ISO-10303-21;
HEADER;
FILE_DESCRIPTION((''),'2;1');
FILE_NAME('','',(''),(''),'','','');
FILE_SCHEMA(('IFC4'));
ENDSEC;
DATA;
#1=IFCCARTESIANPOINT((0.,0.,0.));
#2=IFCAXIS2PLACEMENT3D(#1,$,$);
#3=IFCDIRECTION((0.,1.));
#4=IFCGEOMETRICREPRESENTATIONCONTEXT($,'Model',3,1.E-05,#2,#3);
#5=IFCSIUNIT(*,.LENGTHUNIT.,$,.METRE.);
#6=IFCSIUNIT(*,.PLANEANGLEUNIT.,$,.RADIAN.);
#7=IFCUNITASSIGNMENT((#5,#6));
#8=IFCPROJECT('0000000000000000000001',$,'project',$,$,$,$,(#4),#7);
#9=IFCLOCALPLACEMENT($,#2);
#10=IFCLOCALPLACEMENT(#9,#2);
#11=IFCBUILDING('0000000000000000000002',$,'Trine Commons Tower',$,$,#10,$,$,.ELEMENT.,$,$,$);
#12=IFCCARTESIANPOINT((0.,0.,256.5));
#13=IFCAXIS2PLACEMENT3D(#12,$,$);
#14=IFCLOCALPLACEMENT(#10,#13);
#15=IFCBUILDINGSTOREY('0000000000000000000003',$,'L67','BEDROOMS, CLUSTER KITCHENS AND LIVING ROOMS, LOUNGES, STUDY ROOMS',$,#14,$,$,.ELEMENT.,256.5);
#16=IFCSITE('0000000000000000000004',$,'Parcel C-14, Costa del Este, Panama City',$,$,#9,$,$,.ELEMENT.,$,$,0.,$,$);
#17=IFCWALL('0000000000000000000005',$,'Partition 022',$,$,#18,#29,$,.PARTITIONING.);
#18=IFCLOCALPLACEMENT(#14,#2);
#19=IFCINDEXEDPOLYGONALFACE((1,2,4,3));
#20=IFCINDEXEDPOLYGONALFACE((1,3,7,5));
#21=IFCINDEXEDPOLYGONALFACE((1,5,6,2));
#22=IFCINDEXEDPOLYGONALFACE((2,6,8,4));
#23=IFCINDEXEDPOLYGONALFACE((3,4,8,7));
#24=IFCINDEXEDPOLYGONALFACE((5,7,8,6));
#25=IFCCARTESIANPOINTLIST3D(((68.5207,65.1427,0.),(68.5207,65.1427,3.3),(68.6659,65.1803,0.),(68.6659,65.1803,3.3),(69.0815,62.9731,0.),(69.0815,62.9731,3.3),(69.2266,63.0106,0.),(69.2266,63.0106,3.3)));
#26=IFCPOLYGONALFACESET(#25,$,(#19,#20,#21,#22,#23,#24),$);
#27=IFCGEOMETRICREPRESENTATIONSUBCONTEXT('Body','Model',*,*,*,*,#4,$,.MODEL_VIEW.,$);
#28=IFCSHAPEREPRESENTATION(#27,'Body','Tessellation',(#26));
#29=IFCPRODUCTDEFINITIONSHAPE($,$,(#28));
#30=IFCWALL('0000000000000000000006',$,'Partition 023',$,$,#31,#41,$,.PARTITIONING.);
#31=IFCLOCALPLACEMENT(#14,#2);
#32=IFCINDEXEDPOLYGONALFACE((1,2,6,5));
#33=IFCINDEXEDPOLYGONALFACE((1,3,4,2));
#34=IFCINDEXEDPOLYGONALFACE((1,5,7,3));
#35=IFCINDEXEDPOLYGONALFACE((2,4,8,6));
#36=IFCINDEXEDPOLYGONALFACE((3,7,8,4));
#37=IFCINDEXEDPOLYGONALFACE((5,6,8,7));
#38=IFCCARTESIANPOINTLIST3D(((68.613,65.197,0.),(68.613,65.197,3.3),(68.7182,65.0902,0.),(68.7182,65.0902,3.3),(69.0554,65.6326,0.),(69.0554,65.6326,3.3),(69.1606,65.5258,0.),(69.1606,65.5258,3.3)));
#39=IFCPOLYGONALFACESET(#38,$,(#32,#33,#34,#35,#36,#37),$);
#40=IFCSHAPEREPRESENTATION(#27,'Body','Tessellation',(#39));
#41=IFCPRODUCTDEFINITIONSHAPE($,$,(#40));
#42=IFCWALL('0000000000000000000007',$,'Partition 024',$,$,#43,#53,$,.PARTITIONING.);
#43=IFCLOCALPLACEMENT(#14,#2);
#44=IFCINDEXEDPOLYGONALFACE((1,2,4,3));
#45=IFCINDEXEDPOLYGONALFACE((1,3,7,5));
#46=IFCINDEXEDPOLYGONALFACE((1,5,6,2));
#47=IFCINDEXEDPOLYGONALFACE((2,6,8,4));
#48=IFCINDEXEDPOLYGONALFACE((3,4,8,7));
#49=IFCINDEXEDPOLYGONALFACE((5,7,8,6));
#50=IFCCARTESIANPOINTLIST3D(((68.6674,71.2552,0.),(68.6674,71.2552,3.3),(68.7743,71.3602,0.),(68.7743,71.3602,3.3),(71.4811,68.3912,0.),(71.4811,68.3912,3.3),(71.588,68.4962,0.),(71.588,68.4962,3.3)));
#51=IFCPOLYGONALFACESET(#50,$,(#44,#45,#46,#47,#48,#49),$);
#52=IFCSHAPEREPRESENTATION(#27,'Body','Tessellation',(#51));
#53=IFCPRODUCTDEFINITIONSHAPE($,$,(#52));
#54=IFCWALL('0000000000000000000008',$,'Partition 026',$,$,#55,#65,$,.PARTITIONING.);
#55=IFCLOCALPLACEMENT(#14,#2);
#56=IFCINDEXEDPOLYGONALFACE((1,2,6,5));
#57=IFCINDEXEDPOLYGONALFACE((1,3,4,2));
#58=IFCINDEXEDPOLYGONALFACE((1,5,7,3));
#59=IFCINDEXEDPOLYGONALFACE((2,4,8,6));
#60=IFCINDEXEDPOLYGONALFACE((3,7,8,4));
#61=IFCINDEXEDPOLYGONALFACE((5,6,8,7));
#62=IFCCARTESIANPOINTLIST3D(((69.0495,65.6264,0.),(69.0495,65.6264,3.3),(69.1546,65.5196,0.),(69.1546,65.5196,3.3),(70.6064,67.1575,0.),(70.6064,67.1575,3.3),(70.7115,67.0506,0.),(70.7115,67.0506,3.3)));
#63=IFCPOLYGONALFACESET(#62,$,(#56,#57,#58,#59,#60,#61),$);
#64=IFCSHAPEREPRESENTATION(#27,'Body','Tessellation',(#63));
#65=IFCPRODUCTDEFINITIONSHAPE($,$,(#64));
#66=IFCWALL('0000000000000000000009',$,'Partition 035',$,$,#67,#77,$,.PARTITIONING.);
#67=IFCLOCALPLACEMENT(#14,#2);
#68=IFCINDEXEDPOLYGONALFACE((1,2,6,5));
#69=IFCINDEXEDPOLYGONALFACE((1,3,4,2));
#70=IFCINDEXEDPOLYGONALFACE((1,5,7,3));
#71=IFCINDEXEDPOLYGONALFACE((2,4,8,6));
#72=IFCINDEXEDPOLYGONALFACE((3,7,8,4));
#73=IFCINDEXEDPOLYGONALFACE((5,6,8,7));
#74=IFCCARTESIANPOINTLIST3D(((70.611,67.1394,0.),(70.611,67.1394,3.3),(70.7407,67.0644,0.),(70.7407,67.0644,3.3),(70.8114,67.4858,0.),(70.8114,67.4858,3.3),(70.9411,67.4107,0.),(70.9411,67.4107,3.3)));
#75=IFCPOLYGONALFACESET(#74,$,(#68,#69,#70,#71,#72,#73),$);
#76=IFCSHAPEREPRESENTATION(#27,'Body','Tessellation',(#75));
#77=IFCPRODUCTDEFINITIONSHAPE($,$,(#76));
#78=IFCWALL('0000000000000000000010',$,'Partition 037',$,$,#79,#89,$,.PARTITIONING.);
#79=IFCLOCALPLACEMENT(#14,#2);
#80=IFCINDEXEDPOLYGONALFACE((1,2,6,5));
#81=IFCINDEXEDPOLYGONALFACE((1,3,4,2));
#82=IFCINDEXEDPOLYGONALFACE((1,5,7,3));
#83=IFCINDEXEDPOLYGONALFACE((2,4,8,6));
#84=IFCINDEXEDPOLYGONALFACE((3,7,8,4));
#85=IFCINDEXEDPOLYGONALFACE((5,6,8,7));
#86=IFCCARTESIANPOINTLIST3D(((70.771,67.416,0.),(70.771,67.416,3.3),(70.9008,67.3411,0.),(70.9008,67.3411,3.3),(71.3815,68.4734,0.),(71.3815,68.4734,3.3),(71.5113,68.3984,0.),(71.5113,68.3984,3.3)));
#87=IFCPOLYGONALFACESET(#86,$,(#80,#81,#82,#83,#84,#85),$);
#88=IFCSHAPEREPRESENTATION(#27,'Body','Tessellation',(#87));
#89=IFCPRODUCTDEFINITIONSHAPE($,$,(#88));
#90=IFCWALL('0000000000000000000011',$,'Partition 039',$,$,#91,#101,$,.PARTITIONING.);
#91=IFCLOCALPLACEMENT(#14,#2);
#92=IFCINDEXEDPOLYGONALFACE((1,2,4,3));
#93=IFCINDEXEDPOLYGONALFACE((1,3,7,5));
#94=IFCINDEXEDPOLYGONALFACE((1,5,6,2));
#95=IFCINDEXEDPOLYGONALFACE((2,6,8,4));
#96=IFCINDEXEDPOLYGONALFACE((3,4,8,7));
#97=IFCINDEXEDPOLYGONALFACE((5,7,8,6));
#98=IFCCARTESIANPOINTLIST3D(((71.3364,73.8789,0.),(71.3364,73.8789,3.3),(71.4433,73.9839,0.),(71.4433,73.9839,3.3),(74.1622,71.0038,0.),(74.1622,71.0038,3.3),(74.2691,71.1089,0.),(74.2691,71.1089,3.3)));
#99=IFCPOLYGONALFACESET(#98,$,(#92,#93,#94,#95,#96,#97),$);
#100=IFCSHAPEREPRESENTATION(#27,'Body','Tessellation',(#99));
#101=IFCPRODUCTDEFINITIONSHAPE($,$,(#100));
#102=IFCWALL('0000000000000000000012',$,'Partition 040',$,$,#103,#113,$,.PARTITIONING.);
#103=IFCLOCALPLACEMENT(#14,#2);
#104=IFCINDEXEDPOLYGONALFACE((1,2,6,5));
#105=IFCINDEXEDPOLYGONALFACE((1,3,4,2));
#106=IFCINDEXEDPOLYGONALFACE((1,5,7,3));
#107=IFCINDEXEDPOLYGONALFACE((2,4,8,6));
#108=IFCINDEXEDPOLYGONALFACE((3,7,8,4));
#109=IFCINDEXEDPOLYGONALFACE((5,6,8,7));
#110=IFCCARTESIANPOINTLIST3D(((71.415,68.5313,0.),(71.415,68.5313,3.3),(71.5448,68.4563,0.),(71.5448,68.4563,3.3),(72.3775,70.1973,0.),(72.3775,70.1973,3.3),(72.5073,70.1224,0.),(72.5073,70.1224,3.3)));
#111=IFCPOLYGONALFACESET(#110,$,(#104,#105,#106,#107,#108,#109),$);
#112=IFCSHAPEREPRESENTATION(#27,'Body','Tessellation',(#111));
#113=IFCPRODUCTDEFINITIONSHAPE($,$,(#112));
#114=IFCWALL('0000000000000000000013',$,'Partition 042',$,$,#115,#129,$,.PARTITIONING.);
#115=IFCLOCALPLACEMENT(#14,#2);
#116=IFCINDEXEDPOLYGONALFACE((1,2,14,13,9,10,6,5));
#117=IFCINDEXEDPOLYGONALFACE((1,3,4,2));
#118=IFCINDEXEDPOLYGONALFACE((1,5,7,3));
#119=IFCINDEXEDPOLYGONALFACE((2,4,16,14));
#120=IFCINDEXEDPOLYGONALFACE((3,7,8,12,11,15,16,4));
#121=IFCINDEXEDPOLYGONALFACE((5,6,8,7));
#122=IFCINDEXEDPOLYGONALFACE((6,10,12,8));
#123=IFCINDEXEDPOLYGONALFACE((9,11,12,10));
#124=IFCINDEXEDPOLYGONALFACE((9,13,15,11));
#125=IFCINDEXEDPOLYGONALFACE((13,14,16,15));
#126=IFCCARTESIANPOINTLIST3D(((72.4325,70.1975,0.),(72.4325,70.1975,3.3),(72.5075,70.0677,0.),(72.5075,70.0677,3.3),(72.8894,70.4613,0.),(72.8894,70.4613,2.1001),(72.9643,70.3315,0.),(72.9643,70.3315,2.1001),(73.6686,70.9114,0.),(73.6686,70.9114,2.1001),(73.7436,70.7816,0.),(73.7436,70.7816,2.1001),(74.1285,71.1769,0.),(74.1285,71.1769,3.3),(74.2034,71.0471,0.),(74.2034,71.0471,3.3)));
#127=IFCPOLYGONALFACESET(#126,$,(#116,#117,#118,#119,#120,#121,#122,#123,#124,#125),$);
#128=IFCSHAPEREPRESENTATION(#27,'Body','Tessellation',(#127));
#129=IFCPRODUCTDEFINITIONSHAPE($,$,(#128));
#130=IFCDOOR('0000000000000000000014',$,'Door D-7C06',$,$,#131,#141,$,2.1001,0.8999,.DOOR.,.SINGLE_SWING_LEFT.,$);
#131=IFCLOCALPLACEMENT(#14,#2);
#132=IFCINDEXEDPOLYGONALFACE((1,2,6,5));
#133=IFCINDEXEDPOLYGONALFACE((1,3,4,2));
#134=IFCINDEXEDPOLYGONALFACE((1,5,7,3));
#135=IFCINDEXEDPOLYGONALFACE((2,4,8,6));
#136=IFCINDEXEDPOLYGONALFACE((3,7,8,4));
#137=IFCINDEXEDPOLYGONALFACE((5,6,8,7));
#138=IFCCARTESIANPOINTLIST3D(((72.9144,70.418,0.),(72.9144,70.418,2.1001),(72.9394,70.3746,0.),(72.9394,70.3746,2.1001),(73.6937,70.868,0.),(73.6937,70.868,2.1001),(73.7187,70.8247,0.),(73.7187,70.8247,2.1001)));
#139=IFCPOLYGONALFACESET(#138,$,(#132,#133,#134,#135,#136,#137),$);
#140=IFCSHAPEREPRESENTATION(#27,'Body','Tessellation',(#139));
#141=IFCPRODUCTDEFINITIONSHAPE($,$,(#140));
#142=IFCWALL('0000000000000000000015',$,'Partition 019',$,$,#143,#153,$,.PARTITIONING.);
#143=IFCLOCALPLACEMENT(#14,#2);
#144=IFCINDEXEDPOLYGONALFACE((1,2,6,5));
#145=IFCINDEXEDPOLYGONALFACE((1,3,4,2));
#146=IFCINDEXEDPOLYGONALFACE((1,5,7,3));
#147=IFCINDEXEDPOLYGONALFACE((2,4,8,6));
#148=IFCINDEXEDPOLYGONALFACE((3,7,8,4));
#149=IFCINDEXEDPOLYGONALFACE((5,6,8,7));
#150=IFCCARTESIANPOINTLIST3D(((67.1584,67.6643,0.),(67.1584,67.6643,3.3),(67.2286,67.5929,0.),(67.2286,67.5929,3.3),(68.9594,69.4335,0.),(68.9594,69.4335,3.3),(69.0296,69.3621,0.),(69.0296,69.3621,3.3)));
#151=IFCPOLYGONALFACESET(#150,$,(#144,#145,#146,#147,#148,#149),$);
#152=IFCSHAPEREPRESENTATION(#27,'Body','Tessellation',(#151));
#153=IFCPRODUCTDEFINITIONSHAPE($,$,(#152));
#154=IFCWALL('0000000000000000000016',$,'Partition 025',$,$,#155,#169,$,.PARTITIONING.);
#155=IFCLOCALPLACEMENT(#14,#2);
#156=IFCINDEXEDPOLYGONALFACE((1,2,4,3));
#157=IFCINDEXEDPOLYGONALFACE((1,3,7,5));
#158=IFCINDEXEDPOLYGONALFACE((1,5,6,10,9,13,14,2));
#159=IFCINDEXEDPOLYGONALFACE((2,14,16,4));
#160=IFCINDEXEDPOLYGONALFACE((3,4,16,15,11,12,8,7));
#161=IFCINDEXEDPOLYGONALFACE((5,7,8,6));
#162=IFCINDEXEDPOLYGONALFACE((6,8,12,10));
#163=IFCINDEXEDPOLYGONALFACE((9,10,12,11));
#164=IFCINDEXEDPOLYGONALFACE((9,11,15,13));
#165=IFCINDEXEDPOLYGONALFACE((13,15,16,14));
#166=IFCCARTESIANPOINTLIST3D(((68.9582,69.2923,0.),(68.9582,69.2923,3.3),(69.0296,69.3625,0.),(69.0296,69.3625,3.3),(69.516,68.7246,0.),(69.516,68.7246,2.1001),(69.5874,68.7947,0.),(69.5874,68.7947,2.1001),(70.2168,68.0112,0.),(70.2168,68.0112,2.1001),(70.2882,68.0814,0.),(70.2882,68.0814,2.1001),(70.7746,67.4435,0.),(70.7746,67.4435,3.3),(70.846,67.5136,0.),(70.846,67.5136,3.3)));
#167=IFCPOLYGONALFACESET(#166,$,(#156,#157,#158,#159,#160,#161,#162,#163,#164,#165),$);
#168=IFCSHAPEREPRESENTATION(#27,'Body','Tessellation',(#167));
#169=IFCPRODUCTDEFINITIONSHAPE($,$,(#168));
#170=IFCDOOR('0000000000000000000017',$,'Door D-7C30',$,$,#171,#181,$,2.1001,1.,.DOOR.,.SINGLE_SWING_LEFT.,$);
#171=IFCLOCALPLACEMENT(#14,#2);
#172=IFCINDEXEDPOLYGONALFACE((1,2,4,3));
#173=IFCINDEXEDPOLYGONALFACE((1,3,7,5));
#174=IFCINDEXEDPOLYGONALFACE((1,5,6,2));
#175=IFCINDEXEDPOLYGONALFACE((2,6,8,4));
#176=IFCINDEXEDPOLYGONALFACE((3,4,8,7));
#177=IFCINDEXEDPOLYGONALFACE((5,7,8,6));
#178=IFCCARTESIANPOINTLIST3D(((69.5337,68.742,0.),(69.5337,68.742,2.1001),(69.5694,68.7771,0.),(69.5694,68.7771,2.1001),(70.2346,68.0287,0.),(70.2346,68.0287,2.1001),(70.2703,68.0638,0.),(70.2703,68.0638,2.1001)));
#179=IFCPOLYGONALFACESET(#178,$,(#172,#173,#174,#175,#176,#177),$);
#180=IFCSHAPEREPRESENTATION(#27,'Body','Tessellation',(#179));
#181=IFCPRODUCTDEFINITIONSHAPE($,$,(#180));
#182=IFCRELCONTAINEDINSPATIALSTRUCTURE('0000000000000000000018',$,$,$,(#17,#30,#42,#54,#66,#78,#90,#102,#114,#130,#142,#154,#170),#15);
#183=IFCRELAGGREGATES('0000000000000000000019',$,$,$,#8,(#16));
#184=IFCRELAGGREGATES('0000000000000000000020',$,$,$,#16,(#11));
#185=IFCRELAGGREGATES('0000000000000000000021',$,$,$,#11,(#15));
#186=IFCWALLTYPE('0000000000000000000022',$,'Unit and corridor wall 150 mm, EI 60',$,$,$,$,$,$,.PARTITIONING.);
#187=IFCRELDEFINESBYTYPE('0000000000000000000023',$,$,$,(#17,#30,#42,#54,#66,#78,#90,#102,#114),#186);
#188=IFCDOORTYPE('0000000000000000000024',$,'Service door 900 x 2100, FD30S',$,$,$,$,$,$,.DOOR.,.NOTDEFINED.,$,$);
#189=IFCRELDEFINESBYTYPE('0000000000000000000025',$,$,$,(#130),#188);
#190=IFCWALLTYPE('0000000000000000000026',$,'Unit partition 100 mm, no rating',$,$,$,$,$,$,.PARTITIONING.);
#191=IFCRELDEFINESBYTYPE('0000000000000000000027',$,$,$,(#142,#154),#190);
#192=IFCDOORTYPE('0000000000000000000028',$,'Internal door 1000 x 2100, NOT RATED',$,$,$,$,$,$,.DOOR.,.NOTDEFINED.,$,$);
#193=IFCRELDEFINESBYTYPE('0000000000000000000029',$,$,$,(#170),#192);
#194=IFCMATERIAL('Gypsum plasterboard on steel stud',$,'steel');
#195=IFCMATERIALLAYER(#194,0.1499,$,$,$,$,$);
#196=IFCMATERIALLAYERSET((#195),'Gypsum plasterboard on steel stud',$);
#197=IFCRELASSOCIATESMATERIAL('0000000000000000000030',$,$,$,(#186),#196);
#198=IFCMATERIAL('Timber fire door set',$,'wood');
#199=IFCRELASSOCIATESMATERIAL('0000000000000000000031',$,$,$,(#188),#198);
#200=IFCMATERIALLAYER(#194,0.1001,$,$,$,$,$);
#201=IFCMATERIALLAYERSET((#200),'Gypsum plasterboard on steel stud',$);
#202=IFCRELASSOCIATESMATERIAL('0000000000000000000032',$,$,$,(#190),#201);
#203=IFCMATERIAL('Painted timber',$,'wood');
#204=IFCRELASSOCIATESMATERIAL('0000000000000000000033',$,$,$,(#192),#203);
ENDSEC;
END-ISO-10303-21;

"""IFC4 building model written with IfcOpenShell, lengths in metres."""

from ifc_helpers import new_model, si_unit, direction, frame, frame_2d, origin, place, context, subcontext, project, spatial, rectangle, extrude, material, layer, layer_set, type_object, element, fill, save


model = new_model("IFC4")

# Units and contexts
model_context = context("Model", 3, precision=1e-05, world=origin(), true_north=direction((0.0, 1.0)))
body_context = subcontext(model_context, "Body", "Model", "MODEL_VIEW")
ifc_project = project(units=[si_unit("LENGTHUNIT", "METRE"), si_unit("PLANEANGLEUNIT", "RADIAN")], contexts=[model_context])

# Site, building, storey
site_placement = place(None, origin())
site = spatial("IfcSite", under=ifc_project, at=site_placement, Name="Parcel C-14, Costa del Este, Panama City", CompositionType="ELEMENT", RefElevation=0.0)
building_placement = place(site_placement, origin())
building = spatial("IfcBuilding", under=site, at=building_placement, Name="Trine Commons Tower", CompositionType="ELEMENT")
storey_placement = place(building_placement, frame((0.0, 0.0, 256.5)))
storey = spatial("IfcBuildingStorey", under=building, at=storey_placement, Name="L67", Description="BEDROOMS, CLUSTER KITCHENS AND LIVING ROOMS, LOUNGES, STUDY ROOMS", CompositionType="ELEMENT", Elevation=256.5)

# Shared definitions
ifc_material_1 = material(Name="Gypsum plasterboard on steel stud", Category="steel")
ifc_layer_1 = layer(ifc_material_1, 0.1499)
ifc_layer_set_1 = layer_set([ifc_layer_1], Name="Gypsum plasterboard on steel stud")
wall_type_1 = type_object("IfcWallType", Name="Unit and corridor wall 150 mm, EI 60", PredefinedType="PARTITIONING", material=ifc_layer_set_1)
ifc_material_2 = material(Name="Timber fire door set", Category="wood")

# Walls
wall_1_placement = place(storey_placement, frame((68.5933, 65.1616, 0.0), z_axis=(0.0, 0.0, 1.0), x_axis=(0.250244, -0.968183, 0.0)))
element("IfcWall", 1, at=wall_1_placement, inside=storey, type_object=wall_type_1, Name="Partition 022", PredefinedType="PARTITIONING", context=body_context, shape_type="SweptSolid", body=[
    extrude(rectangle(XDim=2.241, YDim=0.1499, at=frame_2d((1.1206, 0.0))), origin(), (0.0, 0.0, 1.0), 3.3),
])
wall_2_placement = place(storey_placement, frame((68.6655, 65.1436, 0.0), z_axis=(0.0, 0.0, 1.0), x_axis=(0.712591, 0.70158, 0.0)))
element("IfcWall", 2, at=wall_2_placement, inside=storey, type_object=wall_type_1, Name="Partition 023", PredefinedType="PARTITIONING", context=body_context, shape_type="SweptSolid", body=[
    extrude(rectangle(XDim=0.6208, YDim=0.1499, at=frame_2d((0.3105, 0.0))), origin(), (0.0, 0.0, 1.0), 3.3),
])
wall_3_placement = place(storey_placement, frame((68.7209, 71.3076, 0.0), z_axis=(0.0, 0.0, 1.0), x_axis=(0.700816, -0.713342, 0.0)))
element("IfcWall", 3, at=wall_3_placement, inside=storey, type_object=wall_type_1, Name="Partition 024", PredefinedType="PARTITIONING", context=body_context, shape_type="SweptSolid", body=[
    extrude(rectangle(XDim=4.0149, YDim=0.1499, at=frame_2d((2.0073, 0.0))), origin(), (0.0, 0.0, 1.0), 3.3),
])
wall_4_placement = place(storey_placement, frame((69.1021, 65.573, 0.0), z_axis=(0.0, 0.0, 1.0), x_axis=(0.713008, 0.701156, 0.0)))
element("IfcWall", 4, at=wall_4_placement, inside=storey, type_object=wall_type_1, Name="Partition 026", PredefinedType="PARTITIONING", context=body_context, shape_type="SweptSolid", body=[
    extrude(rectangle(XDim=2.1836, YDim=0.1499, at=frame_2d((1.0918, 0.0))), origin(), (0.0, 0.0, 1.0), 3.3),
])
wall_5_placement = place(storey_placement, frame((70.6758, 67.1018, 0.0), z_axis=(0.0, 0.0, 1.0), x_axis=(0.500796, 0.865565, 0.0)))
element("IfcWall", 5, at=wall_5_placement, inside=storey, type_object=wall_type_1, Name="Partition 035", PredefinedType="PARTITIONING", context=body_context, shape_type="SweptSolid", body=[
    extrude(rectangle(XDim=0.4001, YDim=0.1499, at=frame_2d((0.2002, 0.0))), origin(), (0.0, 0.0, 1.0), 3.3),
])
wall_6_placement = place(storey_placement, frame((70.8359, 67.3787, 0.0), z_axis=(0.0, 0.0, 1.0), x_axis=(0.500074, 0.865982, 0.0)))
element("IfcWall", 6, at=wall_6_placement, inside=storey, type_object=wall_type_1, Name="Partition 037", PredefinedType="PARTITIONING", context=body_context, shape_type="SweptSolid", body=[
    extrude(rectangle(XDim=1.2209, YDim=0.1499, at=frame_2d((0.6104, 0.0))), origin(), (0.0, 0.0, 1.0), 3.3),
])
wall_7_placement = place(storey_placement, frame((71.3899, 73.9314, 0.0), z_axis=(0.0, 0.0, 1.0), x_axis=(0.700963, -0.713197, 0.0)))
element("IfcWall", 7, at=wall_7_placement, inside=storey, type_object=wall_type_1, Name="Partition 039", PredefinedType="PARTITIONING", context=body_context, shape_type="SweptSolid", body=[
    extrude(rectangle(XDim=4.0312, YDim=0.1499, at=frame_2d((2.0156, 0.0))), origin(), (0.0, 0.0, 1.0), 3.3),
])
wall_8_placement = place(storey_placement, frame((71.48, 68.4939, 0.0), z_axis=(0.0, 0.0, 1.0), x_axis=(0.500206, 0.865907, 0.0)))
element("IfcWall", 8, at=wall_8_placement, inside=storey, type_object=wall_type_1, Name="Partition 040", PredefinedType="PARTITIONING", context=body_context, shape_type="SweptSolid", body=[
    extrude(rectangle(XDim=1.9241, YDim=0.1499, at=frame_2d((0.9619, 0.0))), origin(), (0.0, 0.0, 1.0), 3.3),
])

# Wall, opening, door
wall_9_placement = place(storey_placement, frame((72.47, 70.1326, 0.0), z_axis=(0.0, 0.0, 1.0), x_axis=(0.865963, 0.500107, 0.0)))
wall_9 = element("IfcWall", 9, at=wall_9_placement, inside=storey, type_object=wall_type_1, Name="Partition 042", PredefinedType="PARTITIONING", context=body_context, shape_type="SweptSolid", body=[
    extrude(rectangle(XDim=1.9585, YDim=0.1499, at=frame_2d((0.9792, 0.0))), origin(), (0.0, 0.0, 1.0), 3.3),
])
opening_1_placement = place(wall_9_placement, frame((0.5276, 0.0, 0.0)))
opening_1 = element("IfcOpeningElement", 10, at=opening_1_placement, cuts=wall_9, PredefinedType="OPENING", context=body_context, shape_type="SweptSolid", body=[
    extrude(rectangle(XDim=0.8999, YDim=2.1001, at=frame_2d((0.45, 1.05))), frame((0.0, 0.085, 0.0), z_axis=(0.0, -1.0, 0.0), x_axis=(1.0, 0.0, 0.0)), (0.0, 0.0, 1.0), 0.1699),
])
door_type_1 = type_object("IfcDoorType", Name="Service door 900 x 2100, FD30S", OperationType="NOTDEFINED", PredefinedType="DOOR", material=ifc_material_2)
door_1_placement = place(opening_1_placement, origin())
door_1 = element("IfcDoor", 11, at=door_1_placement, inside=storey, type_object=door_type_1, Name="Door D-7C06", OperationType="SINGLE_SWING_LEFT", OverallHeight=2.1001, OverallWidth=0.8999, PredefinedType="DOOR", context=body_context, shape_type="SweptSolid", body=[
    extrude(rectangle(XDim=0.8999, YDim=2.1001, at=frame_2d((0.45, 1.05))), frame((0.0, 0.0249, 0.0), z_axis=(0.0, -1.0, 0.0), x_axis=(1.0, 0.0, 0.0)), (0.0, 0.0, 1.0), 0.05),
])
fill(opening_1, door_1)

# Wall
ifc_layer_2 = layer(ifc_material_1, 0.1001)
ifc_layer_set_2 = layer_set([ifc_layer_2], Name="Gypsum plasterboard on steel stud")
wall_type_2 = type_object("IfcWallType", Name="Unit partition 100 mm, no rating", PredefinedType="PARTITIONING", material=ifc_layer_set_2)
wall_10_placement = place(storey_placement, frame((67.1936, 67.6287, 0.0), z_axis=(0.0, 0.0, 1.0), x_axis=(0.713364, 0.700793, 0.0)))
element("IfcWall", 12, at=wall_10_placement, inside=storey, type_object=wall_type_2, Name="Partition 019", PredefinedType="PARTITIONING", context=body_context, shape_type="SweptSolid", body=[
    extrude(rectangle(XDim=2.5247, YDim=0.1001, at=frame_2d((1.2622, 0.0))), origin(), (0.0, 0.0, 1.0), 3.3),
])

# Wall, opening, door
wall_11_placement = place(storey_placement, frame((68.9939, 69.3274, 0.0), z_axis=(0.0, 0.0, 1.0), x_axis=(0.700815, -0.713343, 0.0)))
wall_11 = element("IfcWall", 13, at=wall_11_placement, inside=storey, type_object=wall_type_2, Name="Partition 025", PredefinedType="PARTITIONING", context=body_context, shape_type="SweptSolid", body=[
    extrude(rectangle(XDim=2.5918, YDim=0.1001, at=frame_2d((1.2959, 0.0))), origin(), (0.0, 0.0, 1.0), 3.3),
])
opening_2_placement = place(wall_11_placement, frame((0.7959, 0.0, 0.0)))
opening_2 = element("IfcOpeningElement", 14, at=opening_2_placement, cuts=wall_11, PredefinedType="OPENING", context=body_context, shape_type="SweptSolid", body=[
    extrude(rectangle(XDim=1.0, YDim=2.1001, at=frame_2d((0.5, 1.05))), frame((0.0, 0.0601, 0.0), z_axis=(0.0, -1.0, 0.0), x_axis=(1.0, 0.0, 0.0)), (0.0, 0.0, 1.0), 0.1201),
])
ifc_material_3 = material(Name="Painted timber", Category="wood")
door_type_2 = type_object("IfcDoorType", Name="Internal door 1000 x 2100, NOT RATED", OperationType="NOTDEFINED", PredefinedType="DOOR", material=ifc_material_3)
door_2_placement = place(opening_2_placement, origin())
door_2 = element("IfcDoor", 15, at=door_2_placement, inside=storey, type_object=door_type_2, Name="Door D-7C30", OperationType="SINGLE_SWING_LEFT", OverallHeight=2.1001, OverallWidth=1.0, PredefinedType="DOOR", context=body_context, shape_type="SweptSolid", body=[
    extrude(rectangle(XDim=1.0, YDim=2.1001, at=frame_2d((0.5, 1.05))), frame((0.0, 0.0249, 0.0), z_axis=(0.0, -1.0, 0.0), x_axis=(1.0, 0.0, 0.0)), (0.0, 0.0, 1.0), 0.05),
])
fill(opening_2, door_2)

save(model, "model.ifc")
